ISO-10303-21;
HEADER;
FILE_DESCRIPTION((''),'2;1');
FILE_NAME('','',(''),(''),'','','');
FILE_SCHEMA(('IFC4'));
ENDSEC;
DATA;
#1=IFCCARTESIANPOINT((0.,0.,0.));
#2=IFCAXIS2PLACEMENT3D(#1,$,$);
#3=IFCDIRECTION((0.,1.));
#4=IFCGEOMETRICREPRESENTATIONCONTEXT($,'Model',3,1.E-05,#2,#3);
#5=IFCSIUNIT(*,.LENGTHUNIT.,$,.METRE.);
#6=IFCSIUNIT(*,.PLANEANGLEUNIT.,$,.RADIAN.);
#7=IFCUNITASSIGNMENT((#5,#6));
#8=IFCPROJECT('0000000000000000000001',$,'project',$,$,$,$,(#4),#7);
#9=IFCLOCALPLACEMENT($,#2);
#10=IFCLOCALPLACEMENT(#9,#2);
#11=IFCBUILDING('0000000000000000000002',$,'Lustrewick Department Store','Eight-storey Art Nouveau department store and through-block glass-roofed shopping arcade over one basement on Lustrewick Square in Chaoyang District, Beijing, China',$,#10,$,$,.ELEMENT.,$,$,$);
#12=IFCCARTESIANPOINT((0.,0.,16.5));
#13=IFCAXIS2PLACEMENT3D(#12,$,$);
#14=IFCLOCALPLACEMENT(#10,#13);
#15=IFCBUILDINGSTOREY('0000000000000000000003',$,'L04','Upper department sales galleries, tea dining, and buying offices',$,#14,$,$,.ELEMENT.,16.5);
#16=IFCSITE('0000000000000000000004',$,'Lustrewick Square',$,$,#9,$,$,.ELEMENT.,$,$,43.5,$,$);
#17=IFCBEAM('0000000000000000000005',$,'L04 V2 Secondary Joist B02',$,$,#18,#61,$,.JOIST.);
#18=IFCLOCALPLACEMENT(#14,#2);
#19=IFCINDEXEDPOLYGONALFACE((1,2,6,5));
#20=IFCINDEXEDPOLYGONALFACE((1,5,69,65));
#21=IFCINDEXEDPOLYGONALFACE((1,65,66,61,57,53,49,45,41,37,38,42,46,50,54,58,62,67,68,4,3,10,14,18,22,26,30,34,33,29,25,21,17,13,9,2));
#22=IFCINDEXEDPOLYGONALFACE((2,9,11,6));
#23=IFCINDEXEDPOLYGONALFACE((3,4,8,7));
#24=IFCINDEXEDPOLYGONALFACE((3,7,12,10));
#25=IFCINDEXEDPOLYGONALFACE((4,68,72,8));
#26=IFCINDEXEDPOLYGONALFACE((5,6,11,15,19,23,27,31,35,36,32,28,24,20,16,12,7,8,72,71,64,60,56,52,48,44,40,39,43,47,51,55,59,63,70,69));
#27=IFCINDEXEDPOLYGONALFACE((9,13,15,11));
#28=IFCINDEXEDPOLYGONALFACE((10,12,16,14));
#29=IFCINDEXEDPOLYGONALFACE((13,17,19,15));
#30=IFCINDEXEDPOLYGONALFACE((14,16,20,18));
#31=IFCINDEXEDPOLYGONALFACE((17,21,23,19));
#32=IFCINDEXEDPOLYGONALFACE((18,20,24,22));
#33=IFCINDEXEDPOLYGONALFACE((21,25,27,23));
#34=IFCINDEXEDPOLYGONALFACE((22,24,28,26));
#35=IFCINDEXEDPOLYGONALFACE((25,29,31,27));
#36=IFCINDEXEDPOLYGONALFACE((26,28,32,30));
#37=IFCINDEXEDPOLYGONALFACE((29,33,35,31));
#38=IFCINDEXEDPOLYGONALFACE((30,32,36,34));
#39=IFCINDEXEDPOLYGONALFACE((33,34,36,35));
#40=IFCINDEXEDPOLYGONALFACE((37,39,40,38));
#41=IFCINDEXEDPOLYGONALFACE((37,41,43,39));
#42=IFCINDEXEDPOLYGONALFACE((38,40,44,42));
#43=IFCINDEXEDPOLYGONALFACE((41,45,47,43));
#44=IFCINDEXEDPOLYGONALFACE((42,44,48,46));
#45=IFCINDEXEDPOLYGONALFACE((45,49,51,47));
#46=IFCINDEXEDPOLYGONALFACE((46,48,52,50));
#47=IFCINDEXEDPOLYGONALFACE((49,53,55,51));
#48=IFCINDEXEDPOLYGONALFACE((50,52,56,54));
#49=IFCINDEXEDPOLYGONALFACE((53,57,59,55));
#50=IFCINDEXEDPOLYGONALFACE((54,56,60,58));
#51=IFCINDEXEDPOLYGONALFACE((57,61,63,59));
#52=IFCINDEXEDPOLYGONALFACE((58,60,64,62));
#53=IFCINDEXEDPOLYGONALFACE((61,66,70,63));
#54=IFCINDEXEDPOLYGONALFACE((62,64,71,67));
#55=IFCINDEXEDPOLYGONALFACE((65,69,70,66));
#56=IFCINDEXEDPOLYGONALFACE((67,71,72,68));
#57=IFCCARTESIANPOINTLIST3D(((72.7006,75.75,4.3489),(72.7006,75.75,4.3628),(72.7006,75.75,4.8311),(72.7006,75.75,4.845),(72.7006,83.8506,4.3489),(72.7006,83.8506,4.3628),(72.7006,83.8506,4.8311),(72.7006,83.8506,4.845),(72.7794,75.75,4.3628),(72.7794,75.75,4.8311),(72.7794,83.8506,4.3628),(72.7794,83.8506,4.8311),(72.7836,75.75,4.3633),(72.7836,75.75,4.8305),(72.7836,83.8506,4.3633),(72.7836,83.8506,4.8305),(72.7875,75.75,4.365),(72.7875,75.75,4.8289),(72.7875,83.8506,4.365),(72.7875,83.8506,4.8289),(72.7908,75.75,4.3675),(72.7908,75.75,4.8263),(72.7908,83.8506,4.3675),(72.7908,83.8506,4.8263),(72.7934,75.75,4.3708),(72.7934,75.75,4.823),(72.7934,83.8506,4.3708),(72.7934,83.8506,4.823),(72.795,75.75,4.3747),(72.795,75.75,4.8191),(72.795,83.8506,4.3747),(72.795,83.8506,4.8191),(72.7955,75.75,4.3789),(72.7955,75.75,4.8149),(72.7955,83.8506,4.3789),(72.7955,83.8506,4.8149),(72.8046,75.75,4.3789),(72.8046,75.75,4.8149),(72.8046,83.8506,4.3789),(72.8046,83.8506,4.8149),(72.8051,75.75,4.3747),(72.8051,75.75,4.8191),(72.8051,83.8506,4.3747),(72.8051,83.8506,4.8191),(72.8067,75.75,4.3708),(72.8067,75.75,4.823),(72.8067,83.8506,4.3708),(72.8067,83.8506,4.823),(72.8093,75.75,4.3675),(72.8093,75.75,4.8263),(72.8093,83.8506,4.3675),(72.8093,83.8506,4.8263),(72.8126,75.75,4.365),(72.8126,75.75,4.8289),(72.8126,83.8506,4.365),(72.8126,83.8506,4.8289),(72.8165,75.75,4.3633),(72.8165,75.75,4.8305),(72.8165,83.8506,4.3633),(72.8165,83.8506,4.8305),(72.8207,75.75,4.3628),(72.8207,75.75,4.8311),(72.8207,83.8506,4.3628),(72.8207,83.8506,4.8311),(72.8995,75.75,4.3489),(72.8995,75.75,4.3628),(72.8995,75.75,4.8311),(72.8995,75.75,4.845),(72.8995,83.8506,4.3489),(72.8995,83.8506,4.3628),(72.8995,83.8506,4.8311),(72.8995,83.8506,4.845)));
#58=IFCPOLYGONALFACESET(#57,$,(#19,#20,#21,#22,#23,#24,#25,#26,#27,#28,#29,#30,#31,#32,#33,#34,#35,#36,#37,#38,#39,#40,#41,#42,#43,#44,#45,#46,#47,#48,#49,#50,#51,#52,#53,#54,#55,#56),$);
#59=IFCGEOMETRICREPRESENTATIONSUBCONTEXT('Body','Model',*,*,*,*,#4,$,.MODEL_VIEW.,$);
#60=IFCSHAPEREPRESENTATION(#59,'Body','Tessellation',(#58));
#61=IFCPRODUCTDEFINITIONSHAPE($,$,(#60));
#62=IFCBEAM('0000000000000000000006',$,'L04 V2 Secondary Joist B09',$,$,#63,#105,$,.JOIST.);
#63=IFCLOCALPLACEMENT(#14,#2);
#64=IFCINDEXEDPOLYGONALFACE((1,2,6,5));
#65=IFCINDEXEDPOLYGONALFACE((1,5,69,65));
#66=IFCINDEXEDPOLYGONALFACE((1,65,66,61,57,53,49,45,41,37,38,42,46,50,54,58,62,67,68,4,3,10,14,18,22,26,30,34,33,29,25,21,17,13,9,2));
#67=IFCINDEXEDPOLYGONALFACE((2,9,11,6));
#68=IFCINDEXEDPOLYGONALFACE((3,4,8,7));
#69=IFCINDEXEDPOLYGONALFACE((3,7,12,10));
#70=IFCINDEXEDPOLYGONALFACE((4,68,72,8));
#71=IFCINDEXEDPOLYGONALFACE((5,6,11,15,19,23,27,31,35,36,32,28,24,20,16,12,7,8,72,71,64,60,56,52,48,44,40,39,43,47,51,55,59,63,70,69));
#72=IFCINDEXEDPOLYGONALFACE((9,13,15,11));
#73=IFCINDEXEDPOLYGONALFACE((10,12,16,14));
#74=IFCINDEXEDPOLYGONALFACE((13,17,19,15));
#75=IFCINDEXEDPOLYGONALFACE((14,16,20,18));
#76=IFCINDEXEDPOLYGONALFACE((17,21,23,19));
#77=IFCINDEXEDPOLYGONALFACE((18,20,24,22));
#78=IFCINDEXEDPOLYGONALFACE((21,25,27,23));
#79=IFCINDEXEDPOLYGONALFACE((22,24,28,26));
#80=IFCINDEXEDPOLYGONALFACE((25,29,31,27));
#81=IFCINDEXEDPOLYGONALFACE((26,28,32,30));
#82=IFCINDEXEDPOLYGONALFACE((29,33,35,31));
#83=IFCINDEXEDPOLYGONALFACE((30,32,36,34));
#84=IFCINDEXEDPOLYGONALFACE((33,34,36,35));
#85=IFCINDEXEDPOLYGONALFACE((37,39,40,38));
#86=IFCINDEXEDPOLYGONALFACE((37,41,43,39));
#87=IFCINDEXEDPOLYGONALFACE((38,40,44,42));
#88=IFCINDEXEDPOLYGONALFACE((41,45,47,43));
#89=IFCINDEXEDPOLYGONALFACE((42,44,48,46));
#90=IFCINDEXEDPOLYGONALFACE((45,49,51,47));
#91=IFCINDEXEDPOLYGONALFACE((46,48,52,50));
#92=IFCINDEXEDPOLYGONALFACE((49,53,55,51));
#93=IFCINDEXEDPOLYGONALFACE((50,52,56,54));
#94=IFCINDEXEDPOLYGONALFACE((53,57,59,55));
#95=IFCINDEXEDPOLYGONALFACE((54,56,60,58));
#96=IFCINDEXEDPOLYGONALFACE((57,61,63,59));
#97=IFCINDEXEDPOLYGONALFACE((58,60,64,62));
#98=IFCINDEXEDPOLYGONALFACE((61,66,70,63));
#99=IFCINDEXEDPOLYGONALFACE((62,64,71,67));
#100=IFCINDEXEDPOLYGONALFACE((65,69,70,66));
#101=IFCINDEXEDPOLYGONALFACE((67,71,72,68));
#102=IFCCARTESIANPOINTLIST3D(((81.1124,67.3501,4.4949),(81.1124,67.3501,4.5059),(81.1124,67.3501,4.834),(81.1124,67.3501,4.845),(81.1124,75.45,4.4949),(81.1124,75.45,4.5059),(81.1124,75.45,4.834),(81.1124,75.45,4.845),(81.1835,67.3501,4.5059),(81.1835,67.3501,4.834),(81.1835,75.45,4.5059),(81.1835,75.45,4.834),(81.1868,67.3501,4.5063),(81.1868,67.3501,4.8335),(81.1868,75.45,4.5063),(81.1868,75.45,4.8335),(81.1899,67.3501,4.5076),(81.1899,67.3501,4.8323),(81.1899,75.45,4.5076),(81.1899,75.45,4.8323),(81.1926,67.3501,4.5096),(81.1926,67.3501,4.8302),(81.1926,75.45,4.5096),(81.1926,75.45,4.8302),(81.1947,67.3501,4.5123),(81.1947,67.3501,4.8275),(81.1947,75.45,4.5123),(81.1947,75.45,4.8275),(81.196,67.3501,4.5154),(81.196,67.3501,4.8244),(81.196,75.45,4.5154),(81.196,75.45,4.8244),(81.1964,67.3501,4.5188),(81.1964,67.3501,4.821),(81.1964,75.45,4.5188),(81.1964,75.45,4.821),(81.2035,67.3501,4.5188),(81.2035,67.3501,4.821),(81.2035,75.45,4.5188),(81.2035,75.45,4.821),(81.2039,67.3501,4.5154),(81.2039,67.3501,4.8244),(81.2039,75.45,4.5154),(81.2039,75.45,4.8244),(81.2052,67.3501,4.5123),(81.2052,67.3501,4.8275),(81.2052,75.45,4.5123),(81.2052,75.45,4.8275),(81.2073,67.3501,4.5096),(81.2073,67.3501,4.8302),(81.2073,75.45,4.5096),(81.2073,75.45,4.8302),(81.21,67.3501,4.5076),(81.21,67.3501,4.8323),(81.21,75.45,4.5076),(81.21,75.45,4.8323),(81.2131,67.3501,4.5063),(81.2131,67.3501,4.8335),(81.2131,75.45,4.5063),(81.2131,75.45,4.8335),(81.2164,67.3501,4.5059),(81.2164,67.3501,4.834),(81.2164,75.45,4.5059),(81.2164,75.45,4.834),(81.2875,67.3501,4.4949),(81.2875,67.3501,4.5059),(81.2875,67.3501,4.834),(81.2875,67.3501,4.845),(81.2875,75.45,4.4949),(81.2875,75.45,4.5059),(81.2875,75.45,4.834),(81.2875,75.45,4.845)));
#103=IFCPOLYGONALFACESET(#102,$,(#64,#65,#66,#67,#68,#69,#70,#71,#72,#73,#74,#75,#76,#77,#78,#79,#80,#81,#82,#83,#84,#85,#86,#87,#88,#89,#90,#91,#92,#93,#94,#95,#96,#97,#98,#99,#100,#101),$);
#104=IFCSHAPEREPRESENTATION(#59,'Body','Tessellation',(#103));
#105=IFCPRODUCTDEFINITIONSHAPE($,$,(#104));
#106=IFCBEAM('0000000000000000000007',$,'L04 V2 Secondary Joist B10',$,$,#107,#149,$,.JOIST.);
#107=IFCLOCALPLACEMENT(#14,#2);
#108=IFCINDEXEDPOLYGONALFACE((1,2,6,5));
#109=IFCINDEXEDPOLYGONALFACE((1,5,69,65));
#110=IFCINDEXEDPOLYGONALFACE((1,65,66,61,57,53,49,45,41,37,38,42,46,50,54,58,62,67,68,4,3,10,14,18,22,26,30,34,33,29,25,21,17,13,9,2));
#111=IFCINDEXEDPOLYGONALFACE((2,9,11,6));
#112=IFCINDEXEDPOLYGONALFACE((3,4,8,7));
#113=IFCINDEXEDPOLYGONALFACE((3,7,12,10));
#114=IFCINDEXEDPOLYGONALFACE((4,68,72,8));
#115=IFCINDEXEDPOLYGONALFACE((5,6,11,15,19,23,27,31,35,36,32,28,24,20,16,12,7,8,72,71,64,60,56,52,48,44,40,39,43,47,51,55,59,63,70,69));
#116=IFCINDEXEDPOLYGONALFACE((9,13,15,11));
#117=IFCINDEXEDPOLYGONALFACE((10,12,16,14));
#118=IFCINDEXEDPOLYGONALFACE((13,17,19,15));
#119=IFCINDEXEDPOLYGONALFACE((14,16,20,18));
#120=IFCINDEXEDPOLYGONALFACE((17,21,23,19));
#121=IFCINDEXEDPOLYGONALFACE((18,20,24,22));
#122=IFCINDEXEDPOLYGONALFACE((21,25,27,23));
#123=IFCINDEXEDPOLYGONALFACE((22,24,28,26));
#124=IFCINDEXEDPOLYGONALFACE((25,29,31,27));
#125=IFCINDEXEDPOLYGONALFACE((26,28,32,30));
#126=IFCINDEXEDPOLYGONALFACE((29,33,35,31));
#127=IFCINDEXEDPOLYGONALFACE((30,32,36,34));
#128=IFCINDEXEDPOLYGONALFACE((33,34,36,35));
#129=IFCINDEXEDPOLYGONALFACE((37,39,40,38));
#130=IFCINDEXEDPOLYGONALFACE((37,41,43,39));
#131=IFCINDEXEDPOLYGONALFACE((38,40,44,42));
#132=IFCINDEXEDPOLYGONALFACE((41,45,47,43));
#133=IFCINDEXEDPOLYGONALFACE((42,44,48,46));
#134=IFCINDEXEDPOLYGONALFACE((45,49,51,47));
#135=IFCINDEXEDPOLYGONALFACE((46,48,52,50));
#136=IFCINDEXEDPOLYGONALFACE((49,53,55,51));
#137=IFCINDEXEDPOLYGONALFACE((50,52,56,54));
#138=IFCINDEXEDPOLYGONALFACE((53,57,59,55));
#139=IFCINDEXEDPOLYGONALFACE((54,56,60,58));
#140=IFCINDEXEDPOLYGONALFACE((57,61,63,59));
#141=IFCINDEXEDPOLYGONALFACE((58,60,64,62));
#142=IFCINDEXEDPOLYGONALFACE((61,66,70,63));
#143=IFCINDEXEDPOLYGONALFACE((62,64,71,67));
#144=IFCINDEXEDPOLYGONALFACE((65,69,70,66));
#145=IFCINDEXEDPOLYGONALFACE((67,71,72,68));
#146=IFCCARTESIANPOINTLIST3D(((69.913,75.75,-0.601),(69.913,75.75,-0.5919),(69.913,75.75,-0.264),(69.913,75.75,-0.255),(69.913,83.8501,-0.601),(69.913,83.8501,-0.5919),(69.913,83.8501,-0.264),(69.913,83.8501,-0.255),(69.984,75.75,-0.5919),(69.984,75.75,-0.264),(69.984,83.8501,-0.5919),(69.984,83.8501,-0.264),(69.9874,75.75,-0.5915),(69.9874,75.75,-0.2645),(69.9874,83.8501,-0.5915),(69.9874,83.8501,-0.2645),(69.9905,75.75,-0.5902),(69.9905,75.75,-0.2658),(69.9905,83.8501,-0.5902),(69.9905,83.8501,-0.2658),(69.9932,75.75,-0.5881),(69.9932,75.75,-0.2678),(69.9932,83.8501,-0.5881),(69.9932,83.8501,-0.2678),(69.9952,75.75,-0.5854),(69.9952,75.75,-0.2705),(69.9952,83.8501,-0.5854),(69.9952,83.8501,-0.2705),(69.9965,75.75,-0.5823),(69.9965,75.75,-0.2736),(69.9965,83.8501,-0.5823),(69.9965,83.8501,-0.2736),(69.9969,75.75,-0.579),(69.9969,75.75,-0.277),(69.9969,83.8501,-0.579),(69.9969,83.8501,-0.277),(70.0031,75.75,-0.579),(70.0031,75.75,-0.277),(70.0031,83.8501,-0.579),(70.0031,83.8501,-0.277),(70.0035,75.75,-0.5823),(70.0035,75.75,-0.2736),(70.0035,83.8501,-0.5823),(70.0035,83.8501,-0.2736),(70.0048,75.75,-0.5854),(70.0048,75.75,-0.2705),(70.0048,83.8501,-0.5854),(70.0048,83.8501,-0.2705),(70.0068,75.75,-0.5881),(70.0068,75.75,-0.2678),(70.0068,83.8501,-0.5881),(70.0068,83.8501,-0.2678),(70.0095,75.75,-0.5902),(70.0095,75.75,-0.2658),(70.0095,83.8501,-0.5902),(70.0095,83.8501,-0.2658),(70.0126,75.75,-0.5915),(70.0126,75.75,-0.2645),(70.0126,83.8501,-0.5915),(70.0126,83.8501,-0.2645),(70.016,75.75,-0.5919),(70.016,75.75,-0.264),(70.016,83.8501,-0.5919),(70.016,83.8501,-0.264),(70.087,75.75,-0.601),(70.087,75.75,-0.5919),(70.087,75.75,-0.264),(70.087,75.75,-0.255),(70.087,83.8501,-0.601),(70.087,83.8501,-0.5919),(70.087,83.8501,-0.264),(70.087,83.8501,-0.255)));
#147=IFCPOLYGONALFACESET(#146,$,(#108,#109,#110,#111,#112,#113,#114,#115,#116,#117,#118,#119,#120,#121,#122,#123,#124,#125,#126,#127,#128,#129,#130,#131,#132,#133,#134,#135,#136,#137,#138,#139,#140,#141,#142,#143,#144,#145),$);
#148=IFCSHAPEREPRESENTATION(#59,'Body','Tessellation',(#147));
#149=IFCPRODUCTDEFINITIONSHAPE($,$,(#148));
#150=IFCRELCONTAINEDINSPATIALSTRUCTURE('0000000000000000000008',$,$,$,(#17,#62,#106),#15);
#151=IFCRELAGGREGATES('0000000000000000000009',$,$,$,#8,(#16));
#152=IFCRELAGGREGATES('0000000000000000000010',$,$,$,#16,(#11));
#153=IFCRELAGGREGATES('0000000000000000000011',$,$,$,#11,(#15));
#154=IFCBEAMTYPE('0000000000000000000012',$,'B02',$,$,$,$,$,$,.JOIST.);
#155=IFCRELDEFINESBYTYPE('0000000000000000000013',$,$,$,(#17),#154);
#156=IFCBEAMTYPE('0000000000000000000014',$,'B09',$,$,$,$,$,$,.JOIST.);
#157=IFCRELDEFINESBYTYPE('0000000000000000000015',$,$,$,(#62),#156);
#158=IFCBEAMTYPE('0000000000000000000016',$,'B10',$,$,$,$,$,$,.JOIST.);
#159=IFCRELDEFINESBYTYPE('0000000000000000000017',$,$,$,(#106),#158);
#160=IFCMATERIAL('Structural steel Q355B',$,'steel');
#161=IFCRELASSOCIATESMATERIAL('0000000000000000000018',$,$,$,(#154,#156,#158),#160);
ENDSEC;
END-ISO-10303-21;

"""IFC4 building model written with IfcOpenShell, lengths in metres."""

from ifc_helpers import new_model, si_unit, direction, frame, origin, origin_2d, place, context, subcontext, project, spatial, i_section, extrude, material, material_profile, profile_set, type_object, element, save


model = new_model("IFC4")

# Units and contexts
model_context = context("Model", 3, precision=1e-05, world=origin(), true_north=direction((0.0, 1.0)))
body_context = subcontext(model_context, "Body", "Model", "MODEL_VIEW")
ifc_project = project(units=[si_unit("LENGTHUNIT", "METRE"), si_unit("PLANEANGLEUNIT", "RADIAN")], contexts=[model_context])

# Site, building, storey
site_placement = place(None, origin())
site = spatial("IfcSite", under=ifc_project, at=site_placement, Name="Lustrewick Square", CompositionType="ELEMENT", RefElevation=43.5)
building_placement = place(site_placement, origin())
building = spatial("IfcBuilding", under=site, at=building_placement, Name="Lustrewick Department Store", Description="Eight-storey Art Nouveau department store and through-block glass-roofed shopping arcade over one basement on Lustrewick Square in Chaoyang District, Beijing, China", CompositionType="ELEMENT")
storey_placement = place(building_placement, frame((0.0, 0.0, 16.5)))
storey = spatial("IfcBuildingStorey", under=building, at=storey_placement, Name="L04", Description="Upper department sales galleries, tea dining, and buying offices", CompositionType="ELEMENT", Elevation=16.5)

# Shared definitions
ifc_material_1 = material(Name="Structural steel Q355B", Category="steel")

# Beams
ifc_material_profile_1 = material_profile(ifc_material_1, i_section(OverallWidth=0.199, OverallDepth=0.4961, WebThickness=0.009, FlangeThickness=0.0139, FilletRadius=0.0161, at=origin_2d()), Name="HN 496x199x9x14")
ifc_profile_set_1 = profile_set([ifc_material_profile_1], Name="Structural steel Q355B")
beam_type_1 = type_object("IfcBeamType", Name="B02", PredefinedType="JOIST", material=ifc_profile_set_1)
beam_1_placement = place(storey_placement, frame((72.8, 75.75, 4.5969), z_axis=(0.0, 1.0, 0.0), x_axis=(-1.0, 0.0, 0.0)))
element("IfcBeam", 1, at=beam_1_placement, inside=storey, type_object=beam_type_1, Name="L04 V2 Secondary Joist B02", PredefinedType="JOIST", context=body_context, shape_type="SweptSolid", body=[
    extrude(i_section(OverallWidth=0.199, OverallDepth=0.4961, WebThickness=0.009, FlangeThickness=0.0139, FilletRadius=0.0161, at=origin_2d()), origin(), (0.0, 0.0, 1.0), 8.1006),
])
ifc_material_profile_2 = material_profile(ifc_material_1, i_section(OverallWidth=0.175, OverallDepth=0.3501, WebThickness=0.0071, FlangeThickness=0.011, FilletRadius=0.0129, at=origin_2d()), Name="HN 350x175x7x11")
ifc_profile_set_2 = profile_set([ifc_material_profile_2], Name="Structural steel Q355B")
beam_type_2 = type_object("IfcBeamType", Name="B09", PredefinedType="JOIST", material=ifc_profile_set_2)
beam_2_placement = place(storey_placement, frame((81.2, 67.3501, 4.6699), z_axis=(0.0, 1.0, 0.0), x_axis=(-1.0, 0.0, 0.0)))
element("IfcBeam", 2, at=beam_2_placement, inside=storey, type_object=beam_type_2, Name="L04 V2 Secondary Joist B09", PredefinedType="JOIST", context=body_context, shape_type="SweptSolid", body=[
    extrude(i_section(OverallWidth=0.175, OverallDepth=0.3501, WebThickness=0.0071, FlangeThickness=0.011, FilletRadius=0.0129, at=origin_2d()), origin(), (0.0, 0.0, 1.0), 8.0999),
])
ifc_material_profile_3 = material_profile(ifc_material_1, i_section(OverallWidth=0.1741, OverallDepth=0.3459, WebThickness=0.0061, FlangeThickness=0.009, FilletRadius=0.0129, at=origin_2d()), Name="HN 346x174x6x9")
ifc_profile_set_3 = profile_set([ifc_material_profile_3], Name="Structural steel Q355B")
beam_type_3 = type_object("IfcBeamType", Name="B10", PredefinedType="JOIST", material=ifc_profile_set_3)
beam_3_placement = place(storey_placement, frame((70.0, 75.75, -0.428), z_axis=(0.0, 1.0, 0.0), x_axis=(-1.0, 0.0, 0.0)))
element("IfcBeam", 3, at=beam_3_placement, inside=storey, type_object=beam_type_3, Name="L04 V2 Secondary Joist B10", PredefinedType="JOIST", context=body_context, shape_type="SweptSolid", body=[
    extrude(i_section(OverallWidth=0.1741, OverallDepth=0.3459, WebThickness=0.0061, FlangeThickness=0.009, FilletRadius=0.0129, at=origin_2d()), origin(), (0.0, 0.0, 1.0), 8.1001),
])

save(model, "model.ifc")
